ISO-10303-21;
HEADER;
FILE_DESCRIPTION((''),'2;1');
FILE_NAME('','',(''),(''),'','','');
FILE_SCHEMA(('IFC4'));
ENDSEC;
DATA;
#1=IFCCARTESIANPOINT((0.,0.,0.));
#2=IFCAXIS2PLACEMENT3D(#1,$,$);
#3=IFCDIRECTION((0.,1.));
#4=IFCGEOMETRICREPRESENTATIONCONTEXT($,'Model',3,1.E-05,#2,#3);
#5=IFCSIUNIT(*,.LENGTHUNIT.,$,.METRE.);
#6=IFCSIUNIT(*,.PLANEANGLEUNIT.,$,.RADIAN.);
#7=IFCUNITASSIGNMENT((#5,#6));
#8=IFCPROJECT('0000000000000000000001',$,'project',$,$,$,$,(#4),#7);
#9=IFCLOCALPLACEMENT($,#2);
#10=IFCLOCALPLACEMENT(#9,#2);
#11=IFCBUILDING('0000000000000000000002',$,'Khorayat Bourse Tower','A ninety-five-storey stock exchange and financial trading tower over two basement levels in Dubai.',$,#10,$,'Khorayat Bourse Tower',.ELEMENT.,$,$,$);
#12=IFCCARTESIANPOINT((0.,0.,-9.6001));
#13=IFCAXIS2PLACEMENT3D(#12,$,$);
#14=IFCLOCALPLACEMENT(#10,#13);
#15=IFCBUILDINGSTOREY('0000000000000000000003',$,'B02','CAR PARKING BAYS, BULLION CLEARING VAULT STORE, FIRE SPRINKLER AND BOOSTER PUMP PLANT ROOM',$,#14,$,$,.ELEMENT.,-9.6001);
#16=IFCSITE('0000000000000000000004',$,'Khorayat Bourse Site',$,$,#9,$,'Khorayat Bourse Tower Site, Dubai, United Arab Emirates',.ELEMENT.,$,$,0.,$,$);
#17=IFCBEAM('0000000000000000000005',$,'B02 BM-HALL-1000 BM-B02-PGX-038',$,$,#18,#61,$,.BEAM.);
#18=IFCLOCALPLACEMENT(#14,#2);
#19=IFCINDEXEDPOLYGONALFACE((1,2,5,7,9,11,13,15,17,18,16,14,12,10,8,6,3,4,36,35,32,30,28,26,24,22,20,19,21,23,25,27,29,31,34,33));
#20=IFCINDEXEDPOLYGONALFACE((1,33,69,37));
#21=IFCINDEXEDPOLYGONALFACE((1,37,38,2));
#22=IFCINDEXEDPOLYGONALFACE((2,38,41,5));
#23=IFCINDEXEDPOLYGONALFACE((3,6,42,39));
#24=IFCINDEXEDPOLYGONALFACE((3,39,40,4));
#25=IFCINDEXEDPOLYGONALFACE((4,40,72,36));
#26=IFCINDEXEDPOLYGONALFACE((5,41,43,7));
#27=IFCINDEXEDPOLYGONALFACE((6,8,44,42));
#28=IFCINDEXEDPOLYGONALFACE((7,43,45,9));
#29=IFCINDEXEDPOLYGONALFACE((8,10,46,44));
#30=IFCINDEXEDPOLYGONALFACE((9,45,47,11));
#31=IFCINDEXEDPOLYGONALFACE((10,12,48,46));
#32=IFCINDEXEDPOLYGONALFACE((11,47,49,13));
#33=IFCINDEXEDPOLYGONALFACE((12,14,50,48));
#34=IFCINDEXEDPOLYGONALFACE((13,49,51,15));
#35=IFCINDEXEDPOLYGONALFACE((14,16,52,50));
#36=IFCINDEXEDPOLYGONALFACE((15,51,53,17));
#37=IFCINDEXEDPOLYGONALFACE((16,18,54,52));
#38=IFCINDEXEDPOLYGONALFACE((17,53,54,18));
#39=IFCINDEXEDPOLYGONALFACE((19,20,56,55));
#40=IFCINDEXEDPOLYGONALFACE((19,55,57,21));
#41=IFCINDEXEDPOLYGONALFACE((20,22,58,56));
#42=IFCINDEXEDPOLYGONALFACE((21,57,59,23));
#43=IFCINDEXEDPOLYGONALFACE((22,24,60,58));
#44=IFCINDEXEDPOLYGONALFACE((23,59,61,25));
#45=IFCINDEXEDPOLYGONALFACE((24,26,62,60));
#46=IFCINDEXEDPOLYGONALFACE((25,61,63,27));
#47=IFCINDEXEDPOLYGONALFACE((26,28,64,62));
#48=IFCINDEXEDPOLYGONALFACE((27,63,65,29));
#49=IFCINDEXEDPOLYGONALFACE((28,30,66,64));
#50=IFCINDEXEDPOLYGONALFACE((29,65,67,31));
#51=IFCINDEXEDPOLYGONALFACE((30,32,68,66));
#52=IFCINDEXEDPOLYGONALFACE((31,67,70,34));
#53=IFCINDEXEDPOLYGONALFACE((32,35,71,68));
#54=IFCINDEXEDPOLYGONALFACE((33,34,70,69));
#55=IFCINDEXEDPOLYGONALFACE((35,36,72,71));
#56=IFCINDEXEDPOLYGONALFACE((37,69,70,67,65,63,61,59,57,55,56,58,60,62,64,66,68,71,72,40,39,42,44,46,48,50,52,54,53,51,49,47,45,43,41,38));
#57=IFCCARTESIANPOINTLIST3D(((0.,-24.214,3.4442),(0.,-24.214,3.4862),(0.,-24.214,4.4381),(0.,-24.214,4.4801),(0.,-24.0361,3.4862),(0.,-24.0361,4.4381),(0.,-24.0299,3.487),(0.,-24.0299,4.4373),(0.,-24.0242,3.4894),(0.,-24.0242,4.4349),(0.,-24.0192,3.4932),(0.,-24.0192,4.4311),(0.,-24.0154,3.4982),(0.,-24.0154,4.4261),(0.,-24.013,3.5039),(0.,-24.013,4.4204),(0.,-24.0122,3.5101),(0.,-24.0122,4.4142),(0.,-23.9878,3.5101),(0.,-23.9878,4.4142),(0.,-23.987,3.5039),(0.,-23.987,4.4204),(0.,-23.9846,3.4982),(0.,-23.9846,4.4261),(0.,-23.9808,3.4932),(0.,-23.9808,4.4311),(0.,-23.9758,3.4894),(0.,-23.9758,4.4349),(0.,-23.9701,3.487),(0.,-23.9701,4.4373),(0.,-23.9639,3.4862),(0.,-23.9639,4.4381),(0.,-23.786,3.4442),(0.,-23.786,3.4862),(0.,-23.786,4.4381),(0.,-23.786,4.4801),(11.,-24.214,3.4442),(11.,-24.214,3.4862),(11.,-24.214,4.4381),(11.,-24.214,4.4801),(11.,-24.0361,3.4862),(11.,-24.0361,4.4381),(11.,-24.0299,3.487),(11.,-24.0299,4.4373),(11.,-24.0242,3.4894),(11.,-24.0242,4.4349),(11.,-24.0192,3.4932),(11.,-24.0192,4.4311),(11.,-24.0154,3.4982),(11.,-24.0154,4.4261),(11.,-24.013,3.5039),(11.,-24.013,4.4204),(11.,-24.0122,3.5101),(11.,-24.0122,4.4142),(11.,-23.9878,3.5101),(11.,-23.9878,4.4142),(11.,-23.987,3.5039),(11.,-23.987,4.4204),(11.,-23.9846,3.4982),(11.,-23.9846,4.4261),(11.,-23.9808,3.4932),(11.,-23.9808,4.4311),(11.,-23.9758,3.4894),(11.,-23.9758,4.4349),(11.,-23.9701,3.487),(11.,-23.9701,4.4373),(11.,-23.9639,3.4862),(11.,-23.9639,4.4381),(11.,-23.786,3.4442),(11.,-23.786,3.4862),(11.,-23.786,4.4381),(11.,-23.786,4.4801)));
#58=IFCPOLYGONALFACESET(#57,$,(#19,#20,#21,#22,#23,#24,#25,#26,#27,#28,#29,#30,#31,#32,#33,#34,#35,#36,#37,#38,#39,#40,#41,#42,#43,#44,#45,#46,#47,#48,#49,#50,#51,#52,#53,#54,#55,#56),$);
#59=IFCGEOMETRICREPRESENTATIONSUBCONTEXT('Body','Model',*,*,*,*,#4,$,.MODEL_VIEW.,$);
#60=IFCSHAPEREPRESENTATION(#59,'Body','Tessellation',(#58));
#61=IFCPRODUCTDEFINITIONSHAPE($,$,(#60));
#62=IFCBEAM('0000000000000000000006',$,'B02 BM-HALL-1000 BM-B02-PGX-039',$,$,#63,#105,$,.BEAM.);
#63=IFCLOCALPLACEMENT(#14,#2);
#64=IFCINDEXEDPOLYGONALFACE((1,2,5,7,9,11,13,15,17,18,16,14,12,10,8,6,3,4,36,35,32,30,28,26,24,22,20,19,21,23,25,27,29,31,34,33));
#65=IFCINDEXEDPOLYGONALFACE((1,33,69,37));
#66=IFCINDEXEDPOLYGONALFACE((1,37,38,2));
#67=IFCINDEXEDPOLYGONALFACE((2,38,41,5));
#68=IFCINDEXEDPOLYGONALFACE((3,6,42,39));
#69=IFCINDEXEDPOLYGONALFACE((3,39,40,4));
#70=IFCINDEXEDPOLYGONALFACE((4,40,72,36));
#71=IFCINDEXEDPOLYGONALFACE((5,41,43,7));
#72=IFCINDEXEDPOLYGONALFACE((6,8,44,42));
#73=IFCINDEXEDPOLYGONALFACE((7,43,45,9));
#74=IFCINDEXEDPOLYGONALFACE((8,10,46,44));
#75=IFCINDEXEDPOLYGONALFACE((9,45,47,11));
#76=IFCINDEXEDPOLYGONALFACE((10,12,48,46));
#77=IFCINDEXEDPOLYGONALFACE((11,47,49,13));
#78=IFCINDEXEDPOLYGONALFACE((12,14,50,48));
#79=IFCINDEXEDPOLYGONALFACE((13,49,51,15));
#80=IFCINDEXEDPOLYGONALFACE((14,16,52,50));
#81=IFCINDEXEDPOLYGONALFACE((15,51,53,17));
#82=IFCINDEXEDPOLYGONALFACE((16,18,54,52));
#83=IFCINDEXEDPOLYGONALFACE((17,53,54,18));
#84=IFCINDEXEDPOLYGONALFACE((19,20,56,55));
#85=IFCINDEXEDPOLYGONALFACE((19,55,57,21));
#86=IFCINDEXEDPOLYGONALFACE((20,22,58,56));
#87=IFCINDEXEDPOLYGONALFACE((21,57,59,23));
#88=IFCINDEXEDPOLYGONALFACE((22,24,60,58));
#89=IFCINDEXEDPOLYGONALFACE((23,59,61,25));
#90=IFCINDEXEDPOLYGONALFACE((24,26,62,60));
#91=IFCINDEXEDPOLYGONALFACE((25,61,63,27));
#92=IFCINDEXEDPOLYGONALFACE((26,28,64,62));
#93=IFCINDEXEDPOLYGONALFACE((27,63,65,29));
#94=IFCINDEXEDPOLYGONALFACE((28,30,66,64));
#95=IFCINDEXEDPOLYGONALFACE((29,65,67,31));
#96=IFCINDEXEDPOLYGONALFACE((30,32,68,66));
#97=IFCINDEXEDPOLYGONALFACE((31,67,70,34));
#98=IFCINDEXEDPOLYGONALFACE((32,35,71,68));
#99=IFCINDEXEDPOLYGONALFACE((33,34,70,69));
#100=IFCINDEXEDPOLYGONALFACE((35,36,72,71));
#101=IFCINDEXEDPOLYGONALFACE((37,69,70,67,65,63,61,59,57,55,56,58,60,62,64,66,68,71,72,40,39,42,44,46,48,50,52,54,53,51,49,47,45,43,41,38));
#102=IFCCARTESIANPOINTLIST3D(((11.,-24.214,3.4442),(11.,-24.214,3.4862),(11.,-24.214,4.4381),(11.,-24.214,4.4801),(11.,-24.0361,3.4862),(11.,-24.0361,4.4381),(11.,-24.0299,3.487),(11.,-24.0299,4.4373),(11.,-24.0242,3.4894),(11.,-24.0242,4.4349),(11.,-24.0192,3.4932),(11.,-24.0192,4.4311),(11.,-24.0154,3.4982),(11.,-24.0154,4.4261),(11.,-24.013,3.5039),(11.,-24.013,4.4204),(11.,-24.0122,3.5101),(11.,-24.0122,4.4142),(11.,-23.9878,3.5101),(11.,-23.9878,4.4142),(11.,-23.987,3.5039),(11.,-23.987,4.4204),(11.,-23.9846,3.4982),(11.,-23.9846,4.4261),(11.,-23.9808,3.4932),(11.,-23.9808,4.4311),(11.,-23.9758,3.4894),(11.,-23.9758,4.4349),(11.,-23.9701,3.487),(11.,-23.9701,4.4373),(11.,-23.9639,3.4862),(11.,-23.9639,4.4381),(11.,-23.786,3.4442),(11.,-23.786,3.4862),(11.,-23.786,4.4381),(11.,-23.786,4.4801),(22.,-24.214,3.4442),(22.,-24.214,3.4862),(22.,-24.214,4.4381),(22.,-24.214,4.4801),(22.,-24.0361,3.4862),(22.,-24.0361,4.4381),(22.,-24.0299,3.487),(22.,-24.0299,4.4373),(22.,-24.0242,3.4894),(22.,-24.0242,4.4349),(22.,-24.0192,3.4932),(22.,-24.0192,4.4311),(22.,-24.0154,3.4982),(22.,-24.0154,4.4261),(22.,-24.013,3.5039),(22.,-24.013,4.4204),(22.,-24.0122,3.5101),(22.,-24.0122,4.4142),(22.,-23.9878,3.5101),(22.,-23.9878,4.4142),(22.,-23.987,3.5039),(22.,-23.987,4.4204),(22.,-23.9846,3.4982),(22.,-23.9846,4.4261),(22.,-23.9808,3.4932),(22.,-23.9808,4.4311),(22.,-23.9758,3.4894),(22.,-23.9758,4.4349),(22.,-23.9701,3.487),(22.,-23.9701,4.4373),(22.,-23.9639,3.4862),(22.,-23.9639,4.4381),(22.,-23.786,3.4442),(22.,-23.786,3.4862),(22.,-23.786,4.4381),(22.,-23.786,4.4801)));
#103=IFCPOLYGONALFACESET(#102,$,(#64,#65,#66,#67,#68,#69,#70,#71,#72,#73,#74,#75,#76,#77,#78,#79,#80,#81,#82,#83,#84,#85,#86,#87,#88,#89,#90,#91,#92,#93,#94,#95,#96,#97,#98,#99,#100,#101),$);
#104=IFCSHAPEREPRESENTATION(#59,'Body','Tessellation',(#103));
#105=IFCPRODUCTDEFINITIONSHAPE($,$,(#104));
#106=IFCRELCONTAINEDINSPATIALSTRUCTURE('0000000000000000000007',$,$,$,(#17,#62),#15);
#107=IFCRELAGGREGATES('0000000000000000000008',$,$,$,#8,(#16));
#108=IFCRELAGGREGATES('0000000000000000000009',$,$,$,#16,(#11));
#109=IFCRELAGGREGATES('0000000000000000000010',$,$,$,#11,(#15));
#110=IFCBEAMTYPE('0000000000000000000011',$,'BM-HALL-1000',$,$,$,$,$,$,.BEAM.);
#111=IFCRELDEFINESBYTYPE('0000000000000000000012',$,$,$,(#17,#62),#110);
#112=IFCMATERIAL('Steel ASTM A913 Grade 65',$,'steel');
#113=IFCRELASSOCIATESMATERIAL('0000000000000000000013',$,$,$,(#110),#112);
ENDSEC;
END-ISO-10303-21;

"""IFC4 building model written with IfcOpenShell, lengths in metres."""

from ifc_helpers import new_model, si_unit, direction, frame, origin, origin_2d, place, context, subcontext, project, spatial, i_section, extrude, source, transform, mapped, material, material_profile, profile_set, type_object, element, save


model = new_model("IFC4")

# Units and contexts
model_context = context("Model", 3, precision=1e-05, world=origin(), true_north=direction((0.0, 1.0)))
body_context = subcontext(model_context, "Body", "Model", "MODEL_VIEW")
ifc_project = project(units=[si_unit("LENGTHUNIT", "METRE"), si_unit("PLANEANGLEUNIT", "RADIAN")], contexts=[model_context])

# Site, building, storey
site_placement = place(None, origin())
site = spatial("IfcSite", under=ifc_project, at=site_placement, Name="Khorayat Bourse Site", LongName="Khorayat Bourse Tower Site, Dubai, United Arab Emirates", CompositionType="ELEMENT", RefElevation=0.0)
building_placement = place(site_placement, origin())
building = spatial("IfcBuilding", under=site, at=building_placement, Name="Khorayat Bourse Tower", Description="A ninety-five-storey stock exchange and financial trading tower over two basement levels in Dubai.", LongName="Khorayat Bourse Tower", CompositionType="ELEMENT")
storey_placement = place(building_placement, frame((0.0, 0.0, -9.6001)))
storey = spatial("IfcBuildingStorey", under=building, at=storey_placement, Name="B02", Description="CAR PARKING BAYS, BULLION CLEARING VAULT STORE, FIRE SPRINKLER AND BOOSTER PUMP PLANT ROOM", CompositionType="ELEMENT", Elevation=-9.6001)

# Beams
ifc_material_1 = material(Name="Steel ASTM A913 Grade 65", Category="steel")
ifc_material_profile_1 = material_profile(ifc_material_1, i_section(OverallWidth=0.428, OverallDepth=1.0359, WebThickness=0.0244, FlangeThickness=0.042, FilletRadius=0.0239, at=origin_2d()), Name="W1000X443")
ifc_profile_set_1 = profile_set([ifc_material_profile_1], Name="Steel ASTM A913 Grade 65")
beam_type_1 = type_object("IfcBeamType", Name="BM-HALL-1000", PredefinedType="BEAM", material=ifc_profile_set_1)
shared_shape_1 = source(origin(), body_context, "Body", "SweptSolid", [
    extrude(i_section(OverallWidth=0.428, OverallDepth=1.0359, WebThickness=0.0244, FlangeThickness=0.042, FilletRadius=0.0239, at=origin_2d()), origin(), (0.0, 0.0, 1.0), 11.0),
])
for number, where, z_axis, x_axis, name in (
    (1, (0.0, -24.0, 3.9622), (1.0, 0.0, 0.0), (0.0, 1.0, 0.0), "B02 BM-HALL-1000 BM-B02-PGX-038"),
    (2, (11.0, -24.0, 3.9622), (1.0, 0.0, 0.0), (0.0, 1.0, 0.0), "B02 BM-HALL-1000 BM-B02-PGX-039"),
):
    element("IfcBeam", number, at=place(storey_placement, frame(where, z_axis=z_axis, x_axis=x_axis)), inside=storey, type_object=beam_type_1, Name=name, PredefinedType="BEAM", context=body_context, shape_type="MappedRepresentation", body=[
        mapped(shared_shape_1, transform((0.0, 0.0, 0.0), scale=1.0)),
    ])

save(model, "model.ifc")
